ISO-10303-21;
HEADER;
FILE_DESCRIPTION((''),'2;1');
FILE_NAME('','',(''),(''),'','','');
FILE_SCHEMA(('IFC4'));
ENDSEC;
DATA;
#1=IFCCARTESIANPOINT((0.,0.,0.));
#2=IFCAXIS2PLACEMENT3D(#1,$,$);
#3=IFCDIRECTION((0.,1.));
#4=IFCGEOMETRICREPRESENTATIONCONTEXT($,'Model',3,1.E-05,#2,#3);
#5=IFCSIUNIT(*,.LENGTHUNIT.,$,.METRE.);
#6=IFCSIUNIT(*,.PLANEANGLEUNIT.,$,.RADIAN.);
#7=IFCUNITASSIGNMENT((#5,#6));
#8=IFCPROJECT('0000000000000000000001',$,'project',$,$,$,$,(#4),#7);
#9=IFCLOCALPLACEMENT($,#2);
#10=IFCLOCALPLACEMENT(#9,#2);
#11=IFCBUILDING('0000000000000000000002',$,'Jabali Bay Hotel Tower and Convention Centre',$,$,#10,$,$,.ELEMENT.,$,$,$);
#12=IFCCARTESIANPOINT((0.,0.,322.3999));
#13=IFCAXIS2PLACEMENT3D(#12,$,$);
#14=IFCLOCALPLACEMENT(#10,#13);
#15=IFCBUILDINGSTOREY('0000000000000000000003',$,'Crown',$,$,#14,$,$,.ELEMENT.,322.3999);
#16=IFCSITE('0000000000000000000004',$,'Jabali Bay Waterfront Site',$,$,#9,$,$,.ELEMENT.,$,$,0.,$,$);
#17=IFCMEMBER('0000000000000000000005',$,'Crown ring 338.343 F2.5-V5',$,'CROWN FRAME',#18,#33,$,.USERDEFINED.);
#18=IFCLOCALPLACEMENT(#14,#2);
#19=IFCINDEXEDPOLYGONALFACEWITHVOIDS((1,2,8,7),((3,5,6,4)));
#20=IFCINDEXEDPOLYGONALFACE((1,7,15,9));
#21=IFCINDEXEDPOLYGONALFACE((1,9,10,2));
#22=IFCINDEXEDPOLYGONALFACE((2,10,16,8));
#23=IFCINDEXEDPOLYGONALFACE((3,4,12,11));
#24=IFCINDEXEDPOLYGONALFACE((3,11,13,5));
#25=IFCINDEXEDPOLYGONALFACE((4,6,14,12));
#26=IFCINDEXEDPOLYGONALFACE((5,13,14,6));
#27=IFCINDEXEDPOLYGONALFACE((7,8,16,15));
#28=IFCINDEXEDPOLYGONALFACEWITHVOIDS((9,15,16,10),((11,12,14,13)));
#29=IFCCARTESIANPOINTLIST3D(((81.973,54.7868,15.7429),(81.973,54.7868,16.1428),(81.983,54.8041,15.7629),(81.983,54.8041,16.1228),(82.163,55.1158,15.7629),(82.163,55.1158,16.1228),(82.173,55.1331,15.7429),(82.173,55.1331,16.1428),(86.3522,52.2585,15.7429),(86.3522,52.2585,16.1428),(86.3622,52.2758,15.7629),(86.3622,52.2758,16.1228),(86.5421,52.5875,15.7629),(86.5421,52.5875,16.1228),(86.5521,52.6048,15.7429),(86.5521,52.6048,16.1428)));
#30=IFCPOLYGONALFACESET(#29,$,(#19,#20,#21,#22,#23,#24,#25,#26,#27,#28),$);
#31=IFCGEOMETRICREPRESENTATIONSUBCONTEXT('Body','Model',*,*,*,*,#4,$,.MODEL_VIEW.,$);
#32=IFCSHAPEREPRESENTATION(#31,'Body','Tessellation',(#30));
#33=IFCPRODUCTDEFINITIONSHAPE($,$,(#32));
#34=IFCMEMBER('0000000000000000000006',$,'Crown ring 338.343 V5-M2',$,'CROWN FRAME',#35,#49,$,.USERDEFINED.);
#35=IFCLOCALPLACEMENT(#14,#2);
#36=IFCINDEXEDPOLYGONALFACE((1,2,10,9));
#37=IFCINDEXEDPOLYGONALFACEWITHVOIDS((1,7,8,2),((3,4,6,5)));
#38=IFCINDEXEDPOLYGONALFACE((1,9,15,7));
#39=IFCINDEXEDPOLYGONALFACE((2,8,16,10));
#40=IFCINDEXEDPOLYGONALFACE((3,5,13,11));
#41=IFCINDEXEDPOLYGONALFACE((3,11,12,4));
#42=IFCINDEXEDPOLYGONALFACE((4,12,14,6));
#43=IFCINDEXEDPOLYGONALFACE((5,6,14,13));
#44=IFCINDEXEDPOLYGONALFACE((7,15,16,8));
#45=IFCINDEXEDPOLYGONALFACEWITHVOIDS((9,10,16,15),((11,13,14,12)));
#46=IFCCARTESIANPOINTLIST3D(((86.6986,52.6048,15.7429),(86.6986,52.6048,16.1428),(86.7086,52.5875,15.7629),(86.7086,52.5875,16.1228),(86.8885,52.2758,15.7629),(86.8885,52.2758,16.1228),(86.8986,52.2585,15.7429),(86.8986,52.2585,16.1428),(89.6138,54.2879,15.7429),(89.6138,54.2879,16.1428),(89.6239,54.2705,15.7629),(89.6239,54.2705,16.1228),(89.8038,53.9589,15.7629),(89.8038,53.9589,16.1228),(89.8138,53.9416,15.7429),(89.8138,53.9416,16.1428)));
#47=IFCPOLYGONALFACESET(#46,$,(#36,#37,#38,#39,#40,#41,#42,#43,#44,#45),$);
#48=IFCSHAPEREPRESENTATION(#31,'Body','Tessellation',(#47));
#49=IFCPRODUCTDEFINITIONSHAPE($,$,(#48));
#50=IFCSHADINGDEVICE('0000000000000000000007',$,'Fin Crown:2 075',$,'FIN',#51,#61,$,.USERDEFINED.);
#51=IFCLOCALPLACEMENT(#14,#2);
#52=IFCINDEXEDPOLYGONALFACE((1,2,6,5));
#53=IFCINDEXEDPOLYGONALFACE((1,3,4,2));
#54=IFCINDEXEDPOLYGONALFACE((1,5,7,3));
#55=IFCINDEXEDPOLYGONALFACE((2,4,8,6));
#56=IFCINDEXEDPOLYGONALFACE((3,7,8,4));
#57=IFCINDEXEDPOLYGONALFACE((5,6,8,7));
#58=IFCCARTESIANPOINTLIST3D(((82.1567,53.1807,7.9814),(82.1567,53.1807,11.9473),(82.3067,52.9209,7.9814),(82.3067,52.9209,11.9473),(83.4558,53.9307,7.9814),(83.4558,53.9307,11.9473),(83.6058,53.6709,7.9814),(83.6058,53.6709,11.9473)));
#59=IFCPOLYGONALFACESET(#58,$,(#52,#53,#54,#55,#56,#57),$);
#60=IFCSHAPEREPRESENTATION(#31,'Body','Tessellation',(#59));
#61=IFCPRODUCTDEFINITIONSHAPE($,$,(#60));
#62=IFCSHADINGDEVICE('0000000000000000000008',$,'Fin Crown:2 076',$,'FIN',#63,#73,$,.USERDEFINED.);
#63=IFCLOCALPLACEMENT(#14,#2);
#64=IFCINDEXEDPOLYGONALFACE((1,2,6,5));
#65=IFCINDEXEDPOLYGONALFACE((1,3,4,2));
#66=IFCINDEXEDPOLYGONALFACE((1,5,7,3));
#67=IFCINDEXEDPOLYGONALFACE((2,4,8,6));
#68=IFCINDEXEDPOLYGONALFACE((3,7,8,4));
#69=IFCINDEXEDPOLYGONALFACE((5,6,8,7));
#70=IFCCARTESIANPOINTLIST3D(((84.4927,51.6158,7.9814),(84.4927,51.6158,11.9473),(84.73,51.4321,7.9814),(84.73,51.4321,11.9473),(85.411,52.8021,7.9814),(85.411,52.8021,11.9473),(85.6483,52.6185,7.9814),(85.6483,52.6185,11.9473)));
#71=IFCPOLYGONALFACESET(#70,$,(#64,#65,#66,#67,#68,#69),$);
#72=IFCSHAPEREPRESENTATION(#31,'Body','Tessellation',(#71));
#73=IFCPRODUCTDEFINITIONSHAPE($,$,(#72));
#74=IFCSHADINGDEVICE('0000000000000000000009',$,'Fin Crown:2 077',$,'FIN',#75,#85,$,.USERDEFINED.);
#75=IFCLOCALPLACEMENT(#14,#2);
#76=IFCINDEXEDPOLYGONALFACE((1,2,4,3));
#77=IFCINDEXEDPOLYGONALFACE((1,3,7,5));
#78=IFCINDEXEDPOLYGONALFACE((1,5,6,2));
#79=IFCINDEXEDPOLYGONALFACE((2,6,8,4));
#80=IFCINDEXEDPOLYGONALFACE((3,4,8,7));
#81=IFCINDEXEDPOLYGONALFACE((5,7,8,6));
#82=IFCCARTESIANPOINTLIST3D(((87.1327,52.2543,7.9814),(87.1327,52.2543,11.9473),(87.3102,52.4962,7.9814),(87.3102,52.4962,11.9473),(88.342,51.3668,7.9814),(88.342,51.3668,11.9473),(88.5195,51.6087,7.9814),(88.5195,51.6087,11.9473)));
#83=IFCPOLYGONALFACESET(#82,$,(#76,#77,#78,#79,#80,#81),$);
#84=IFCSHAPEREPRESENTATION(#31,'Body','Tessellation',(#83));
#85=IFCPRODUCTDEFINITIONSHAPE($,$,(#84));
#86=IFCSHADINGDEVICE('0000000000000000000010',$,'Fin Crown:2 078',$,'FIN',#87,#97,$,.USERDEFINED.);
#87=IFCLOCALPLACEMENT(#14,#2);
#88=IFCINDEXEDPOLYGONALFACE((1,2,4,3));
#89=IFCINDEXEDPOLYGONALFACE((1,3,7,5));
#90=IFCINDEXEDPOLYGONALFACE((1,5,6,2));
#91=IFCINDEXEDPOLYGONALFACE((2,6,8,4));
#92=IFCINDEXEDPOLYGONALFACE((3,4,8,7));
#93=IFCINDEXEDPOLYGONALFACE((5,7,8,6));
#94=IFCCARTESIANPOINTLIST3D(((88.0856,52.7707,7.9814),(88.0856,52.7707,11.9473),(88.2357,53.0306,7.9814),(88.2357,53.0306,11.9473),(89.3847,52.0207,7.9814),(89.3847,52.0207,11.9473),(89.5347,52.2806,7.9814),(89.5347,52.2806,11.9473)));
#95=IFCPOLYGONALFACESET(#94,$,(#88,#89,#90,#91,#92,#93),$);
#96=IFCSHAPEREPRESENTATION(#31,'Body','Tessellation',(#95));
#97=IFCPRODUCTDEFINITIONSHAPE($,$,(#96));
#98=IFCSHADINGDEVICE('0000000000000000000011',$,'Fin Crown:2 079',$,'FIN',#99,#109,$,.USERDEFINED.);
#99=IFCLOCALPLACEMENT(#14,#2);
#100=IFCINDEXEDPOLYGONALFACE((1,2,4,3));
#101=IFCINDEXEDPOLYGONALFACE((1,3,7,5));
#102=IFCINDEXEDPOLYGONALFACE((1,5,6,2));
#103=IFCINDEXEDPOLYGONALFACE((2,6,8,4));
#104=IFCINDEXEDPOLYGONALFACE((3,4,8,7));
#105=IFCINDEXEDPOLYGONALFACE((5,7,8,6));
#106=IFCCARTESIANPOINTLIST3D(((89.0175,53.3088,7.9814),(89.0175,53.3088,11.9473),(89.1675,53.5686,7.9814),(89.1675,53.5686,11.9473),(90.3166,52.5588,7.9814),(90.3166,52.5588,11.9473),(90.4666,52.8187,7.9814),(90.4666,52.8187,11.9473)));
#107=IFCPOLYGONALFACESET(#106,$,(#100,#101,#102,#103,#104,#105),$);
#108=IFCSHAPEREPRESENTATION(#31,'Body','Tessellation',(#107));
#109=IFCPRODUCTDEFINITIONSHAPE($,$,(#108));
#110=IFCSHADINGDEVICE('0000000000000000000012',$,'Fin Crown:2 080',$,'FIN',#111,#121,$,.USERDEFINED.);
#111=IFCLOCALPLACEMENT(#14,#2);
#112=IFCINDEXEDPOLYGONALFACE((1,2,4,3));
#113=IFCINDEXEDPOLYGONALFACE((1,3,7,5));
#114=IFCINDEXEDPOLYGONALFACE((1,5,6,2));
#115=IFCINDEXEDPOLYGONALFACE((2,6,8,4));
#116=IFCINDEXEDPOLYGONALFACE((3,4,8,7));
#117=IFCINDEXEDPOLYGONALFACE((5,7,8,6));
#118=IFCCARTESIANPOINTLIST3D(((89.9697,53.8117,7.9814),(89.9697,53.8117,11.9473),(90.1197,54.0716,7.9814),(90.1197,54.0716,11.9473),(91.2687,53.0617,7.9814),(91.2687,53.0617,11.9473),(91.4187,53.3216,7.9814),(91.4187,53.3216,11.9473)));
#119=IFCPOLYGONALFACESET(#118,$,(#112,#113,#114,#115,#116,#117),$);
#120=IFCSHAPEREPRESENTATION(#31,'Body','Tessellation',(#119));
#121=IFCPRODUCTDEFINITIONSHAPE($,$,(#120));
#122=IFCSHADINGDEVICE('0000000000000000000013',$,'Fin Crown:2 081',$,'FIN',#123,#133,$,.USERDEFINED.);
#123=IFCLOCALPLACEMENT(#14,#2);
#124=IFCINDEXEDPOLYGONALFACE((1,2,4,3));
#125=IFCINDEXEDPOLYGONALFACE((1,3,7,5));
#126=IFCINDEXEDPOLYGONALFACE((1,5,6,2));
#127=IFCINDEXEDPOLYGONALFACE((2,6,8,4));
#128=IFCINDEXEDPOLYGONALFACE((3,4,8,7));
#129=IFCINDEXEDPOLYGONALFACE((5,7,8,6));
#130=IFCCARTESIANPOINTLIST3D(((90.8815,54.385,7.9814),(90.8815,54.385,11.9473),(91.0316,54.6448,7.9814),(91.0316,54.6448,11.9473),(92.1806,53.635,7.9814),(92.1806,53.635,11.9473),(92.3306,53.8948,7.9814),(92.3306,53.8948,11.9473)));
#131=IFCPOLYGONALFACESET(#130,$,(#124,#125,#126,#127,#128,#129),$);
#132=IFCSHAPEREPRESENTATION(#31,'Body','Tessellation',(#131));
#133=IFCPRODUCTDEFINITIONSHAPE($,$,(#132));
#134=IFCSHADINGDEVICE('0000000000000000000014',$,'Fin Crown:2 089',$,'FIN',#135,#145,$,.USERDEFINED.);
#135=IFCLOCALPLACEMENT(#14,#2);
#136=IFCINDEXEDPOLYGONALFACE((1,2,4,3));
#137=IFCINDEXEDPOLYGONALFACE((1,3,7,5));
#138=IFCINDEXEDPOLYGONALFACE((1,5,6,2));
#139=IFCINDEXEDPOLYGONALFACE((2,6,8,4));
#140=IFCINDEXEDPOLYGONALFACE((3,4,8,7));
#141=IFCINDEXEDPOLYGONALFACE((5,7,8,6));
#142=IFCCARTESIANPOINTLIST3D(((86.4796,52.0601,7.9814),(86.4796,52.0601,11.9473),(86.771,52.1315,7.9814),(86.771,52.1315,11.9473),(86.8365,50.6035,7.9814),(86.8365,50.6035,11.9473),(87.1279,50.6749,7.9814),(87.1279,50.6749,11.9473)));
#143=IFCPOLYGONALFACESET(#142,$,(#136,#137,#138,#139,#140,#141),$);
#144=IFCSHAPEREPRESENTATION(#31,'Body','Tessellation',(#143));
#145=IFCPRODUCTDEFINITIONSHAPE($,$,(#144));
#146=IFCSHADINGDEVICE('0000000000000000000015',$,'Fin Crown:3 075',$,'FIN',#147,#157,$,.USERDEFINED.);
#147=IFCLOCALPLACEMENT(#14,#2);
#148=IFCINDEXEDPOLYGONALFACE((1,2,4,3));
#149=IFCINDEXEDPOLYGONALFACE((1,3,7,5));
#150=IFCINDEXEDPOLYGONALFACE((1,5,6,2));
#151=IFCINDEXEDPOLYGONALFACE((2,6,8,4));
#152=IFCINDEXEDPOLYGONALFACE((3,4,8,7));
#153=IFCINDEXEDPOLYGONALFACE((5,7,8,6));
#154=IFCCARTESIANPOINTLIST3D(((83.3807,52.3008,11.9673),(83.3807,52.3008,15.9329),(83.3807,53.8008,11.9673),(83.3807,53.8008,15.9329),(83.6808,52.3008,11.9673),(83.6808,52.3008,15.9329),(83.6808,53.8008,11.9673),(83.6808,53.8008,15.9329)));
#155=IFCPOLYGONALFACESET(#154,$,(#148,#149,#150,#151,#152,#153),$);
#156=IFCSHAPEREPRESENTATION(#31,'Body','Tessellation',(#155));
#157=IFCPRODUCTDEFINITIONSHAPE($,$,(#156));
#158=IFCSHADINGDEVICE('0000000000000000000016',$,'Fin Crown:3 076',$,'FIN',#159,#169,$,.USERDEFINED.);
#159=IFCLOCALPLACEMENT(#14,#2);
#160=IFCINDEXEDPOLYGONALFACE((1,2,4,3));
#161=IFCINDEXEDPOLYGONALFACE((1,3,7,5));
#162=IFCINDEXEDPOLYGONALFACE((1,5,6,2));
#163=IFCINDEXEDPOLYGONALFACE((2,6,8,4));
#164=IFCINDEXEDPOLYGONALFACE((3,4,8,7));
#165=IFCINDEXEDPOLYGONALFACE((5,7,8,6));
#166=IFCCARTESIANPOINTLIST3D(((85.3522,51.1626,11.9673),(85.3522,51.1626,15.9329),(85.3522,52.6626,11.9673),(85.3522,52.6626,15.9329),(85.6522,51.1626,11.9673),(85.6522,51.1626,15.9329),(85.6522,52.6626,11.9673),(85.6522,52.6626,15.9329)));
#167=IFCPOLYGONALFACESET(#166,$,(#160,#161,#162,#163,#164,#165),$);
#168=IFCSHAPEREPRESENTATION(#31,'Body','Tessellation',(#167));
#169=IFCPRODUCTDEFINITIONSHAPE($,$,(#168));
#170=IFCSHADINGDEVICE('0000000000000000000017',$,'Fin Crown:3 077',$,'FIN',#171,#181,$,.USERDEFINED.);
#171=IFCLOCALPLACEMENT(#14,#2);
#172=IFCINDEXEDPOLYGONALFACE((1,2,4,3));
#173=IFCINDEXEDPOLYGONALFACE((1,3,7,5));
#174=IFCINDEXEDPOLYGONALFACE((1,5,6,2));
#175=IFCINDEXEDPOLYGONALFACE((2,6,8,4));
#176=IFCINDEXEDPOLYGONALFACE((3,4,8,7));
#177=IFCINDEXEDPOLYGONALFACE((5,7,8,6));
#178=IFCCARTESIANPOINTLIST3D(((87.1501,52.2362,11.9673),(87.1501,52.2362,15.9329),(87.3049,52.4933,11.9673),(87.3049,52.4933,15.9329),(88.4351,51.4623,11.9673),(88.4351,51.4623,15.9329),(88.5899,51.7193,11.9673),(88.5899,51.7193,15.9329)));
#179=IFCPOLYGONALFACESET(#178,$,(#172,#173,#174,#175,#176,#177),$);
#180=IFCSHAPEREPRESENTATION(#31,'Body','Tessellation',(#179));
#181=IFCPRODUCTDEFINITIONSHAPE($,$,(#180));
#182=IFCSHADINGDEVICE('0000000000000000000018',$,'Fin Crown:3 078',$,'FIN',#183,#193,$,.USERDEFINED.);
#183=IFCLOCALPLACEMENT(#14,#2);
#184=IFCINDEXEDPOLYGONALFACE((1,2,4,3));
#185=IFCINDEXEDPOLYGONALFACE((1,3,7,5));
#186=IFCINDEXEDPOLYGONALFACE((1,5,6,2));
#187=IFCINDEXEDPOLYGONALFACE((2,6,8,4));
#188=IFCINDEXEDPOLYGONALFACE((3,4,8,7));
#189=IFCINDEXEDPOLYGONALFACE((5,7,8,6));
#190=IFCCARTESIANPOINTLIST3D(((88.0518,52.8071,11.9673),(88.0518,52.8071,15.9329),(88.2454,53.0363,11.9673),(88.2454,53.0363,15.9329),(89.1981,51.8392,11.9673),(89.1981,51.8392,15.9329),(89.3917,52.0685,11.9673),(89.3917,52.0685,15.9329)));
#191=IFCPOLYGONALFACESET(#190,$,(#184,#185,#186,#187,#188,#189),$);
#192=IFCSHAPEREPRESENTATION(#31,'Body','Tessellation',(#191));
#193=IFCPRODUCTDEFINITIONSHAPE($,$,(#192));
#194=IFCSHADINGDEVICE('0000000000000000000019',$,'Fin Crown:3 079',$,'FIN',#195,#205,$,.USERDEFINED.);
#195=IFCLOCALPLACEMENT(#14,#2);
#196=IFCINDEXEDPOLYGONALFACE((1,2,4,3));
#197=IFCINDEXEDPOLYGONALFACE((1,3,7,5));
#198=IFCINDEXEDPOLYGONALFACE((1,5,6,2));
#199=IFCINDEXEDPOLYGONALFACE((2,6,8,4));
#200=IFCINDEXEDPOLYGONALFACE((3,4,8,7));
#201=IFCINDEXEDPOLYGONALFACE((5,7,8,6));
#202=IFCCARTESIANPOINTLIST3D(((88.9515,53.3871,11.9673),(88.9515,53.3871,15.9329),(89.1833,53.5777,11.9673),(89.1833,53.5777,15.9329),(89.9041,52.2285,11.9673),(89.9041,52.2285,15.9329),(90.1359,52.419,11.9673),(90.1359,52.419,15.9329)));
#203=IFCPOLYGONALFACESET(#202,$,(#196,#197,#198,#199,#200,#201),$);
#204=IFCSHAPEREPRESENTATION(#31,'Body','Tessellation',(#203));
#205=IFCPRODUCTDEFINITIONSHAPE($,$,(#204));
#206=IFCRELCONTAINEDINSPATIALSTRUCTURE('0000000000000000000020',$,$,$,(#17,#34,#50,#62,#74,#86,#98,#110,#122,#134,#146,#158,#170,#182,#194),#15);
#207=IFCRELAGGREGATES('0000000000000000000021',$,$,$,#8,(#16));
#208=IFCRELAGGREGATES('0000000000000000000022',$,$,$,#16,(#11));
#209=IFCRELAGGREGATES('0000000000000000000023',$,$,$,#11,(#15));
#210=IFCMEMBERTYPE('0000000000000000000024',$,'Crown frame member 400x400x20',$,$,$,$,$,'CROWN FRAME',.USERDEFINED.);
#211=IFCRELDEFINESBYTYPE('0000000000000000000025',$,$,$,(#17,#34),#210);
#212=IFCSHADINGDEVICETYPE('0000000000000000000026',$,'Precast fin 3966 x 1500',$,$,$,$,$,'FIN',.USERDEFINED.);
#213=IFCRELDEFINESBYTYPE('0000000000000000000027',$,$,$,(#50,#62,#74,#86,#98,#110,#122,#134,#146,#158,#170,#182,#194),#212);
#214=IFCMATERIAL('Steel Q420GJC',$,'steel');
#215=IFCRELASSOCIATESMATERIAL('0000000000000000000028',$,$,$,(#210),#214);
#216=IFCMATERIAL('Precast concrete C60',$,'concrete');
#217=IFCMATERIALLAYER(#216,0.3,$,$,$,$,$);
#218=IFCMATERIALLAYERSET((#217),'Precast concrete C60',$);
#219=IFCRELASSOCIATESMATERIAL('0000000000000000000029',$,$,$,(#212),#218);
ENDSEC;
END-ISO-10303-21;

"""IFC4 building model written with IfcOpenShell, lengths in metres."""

from ifc_helpers import new_model, si_unit, direction, frame, frame_2d, origin, origin_2d, place, context, subcontext, project, spatial, rectangle, hollow_rectangle, extrude, material, layer, layer_set, material_profile, profile_set, type_object, element, save


model = new_model("IFC4")

# Units and contexts
model_context = context("Model", 3, precision=1e-05, world=origin(), true_north=direction((0.0, 1.0)))
body_context = subcontext(model_context, "Body", "Model", "MODEL_VIEW")
ifc_project = project(units=[si_unit("LENGTHUNIT", "METRE"), si_unit("PLANEANGLEUNIT", "RADIAN")], contexts=[model_context])

# Site, building, storey
site_placement = place(None, origin())
site = spatial("IfcSite", under=ifc_project, at=site_placement, Name="Jabali Bay Waterfront Site", CompositionType="ELEMENT", RefElevation=0.0)
building_placement = place(site_placement, origin())
building = spatial("IfcBuilding", under=site, at=building_placement, Name="Jabali Bay Hotel Tower and Convention Centre", CompositionType="ELEMENT")
storey_placement = place(building_placement, frame((0.0, 0.0, 322.3999)))
storey = spatial("IfcBuildingStorey", under=building, at=storey_placement, Name="Crown", CompositionType="ELEMENT", Elevation=322.3999)

# Members
ifc_material_1 = material(Name="Steel Q420GJC", Category="steel")
ifc_material_profile_1 = material_profile(ifc_material_1, hollow_rectangle(XDim=0.3999, YDim=0.3999, WallThickness=0.02, at=origin_2d()), Name="Crown frame member 400x400x20")
ifc_profile_set_1 = profile_set([ifc_material_profile_1], Name="Steel Q420GJC")
member_type_1 = type_object("IfcMemberType", Name="Crown frame member 400x400x20", ElementType="CROWN FRAME", PredefinedType="USERDEFINED", material=ifc_profile_set_1)
member_1_placement = place(storey_placement, frame((82.073, 54.96, 15.9429), z_axis=(0.866024, -0.500002, 0.0), x_axis=(0.500002, 0.866024, 0.0)))
element("IfcMember", 1, at=member_1_placement, inside=storey, type_object=member_type_1, Name="Crown ring 338.343 F2.5-V5", ObjectType="CROWN FRAME", PredefinedType="USERDEFINED", context=body_context, shape_type="SweptSolid", body=[
    extrude(hollow_rectangle(XDim=0.3999, YDim=0.3999, WallThickness=0.02, at=origin_2d()), origin(), (0.0, 0.0, 1.0), 5.0566),
])
member_2_placement = place(storey_placement, frame((86.7986, 52.4316, 15.9429), z_axis=(0.86603, 0.499992, 0.0), x_axis=(-0.499992, 0.86603, 0.0)))
element("IfcMember", 2, at=member_2_placement, inside=storey, type_object=member_type_1, Name="Crown ring 338.343 V5-M2", ObjectType="CROWN FRAME", PredefinedType="USERDEFINED", context=body_context, shape_type="SweptSolid", body=[
    extrude(hollow_rectangle(XDim=0.3999, YDim=0.3999, WallThickness=0.02, at=origin_2d()), origin(), (0.0, 0.0, 1.0), 3.3662),
])

# Shading devices
ifc_material_2 = material(Name="Precast concrete C60", Category="concrete")
ifc_layer = layer(ifc_material_2, 0.3)
ifc_layer_set = layer_set([ifc_layer], Name="Precast concrete C60")
shading_device_type = type_object("IfcShadingDeviceType", Name="Precast fin 3966 x 1500", ElementType="FIN", PredefinedType="USERDEFINED", material=ifc_layer_set)
shading_device_1_placement = place(storey_placement, frame((83.5308, 53.8008, 7.9814), z_axis=(0.0, 0.0, 1.0), x_axis=(-0.866031, -0.49999, 0.0)))
element("IfcShadingDevice", 3, at=shading_device_1_placement, inside=storey, type_object=shading_device_type, Name="Fin Crown:2 075", ObjectType="FIN", PredefinedType="USERDEFINED", context=body_context, shape_type="SweptSolid", body=[
    extrude(rectangle(XDim=1.5, YDim=0.3, at=frame_2d((0.75, 0.0))), origin(), (0.0, 0.0, 1.0), 3.9658),
])
shading_device_2_placement = place(storey_placement, frame((85.5295, 52.7102, 7.9814), z_axis=(0.0, 0.0, 1.0), x_axis=(-0.612091, -0.790787, 0.0)))
element("IfcShadingDevice", 4, at=shading_device_2_placement, inside=storey, type_object=shading_device_type, Name="Fin Crown:2 076", ObjectType="FIN", PredefinedType="USERDEFINED", context=body_context, shape_type="SweptSolid", body=[
    extrude(rectangle(XDim=1.5002, YDim=0.3, at=frame_2d((0.75, 0.0))), origin(), (0.0, 0.0, 1.0), 3.9658),
])
for number, where, z_axis, x_axis, name in (
    (5, (87.2214, 52.3752, 7.9814), (0.0, 0.0, 1.0), (0.806188, -0.59166, 0.0), "Fin Crown:2 077"),
    (6, (88.1606, 52.9006, 7.9814), (0.0, 0.0, 1.0), (0.866031, -0.49999, 0.0), "Fin Crown:2 078"),
    (7, (89.0925, 53.4387, 7.9814), (0.0, 0.0, 1.0), (0.866031, -0.49999, 0.0), "Fin Crown:2 079"),
    (8, (90.0447, 53.9417, 7.9814), (0.0, 0.0, 1.0), (0.866031, -0.49999, 0.0), "Fin Crown:2 080"),
    (9, (90.9565, 54.5149, 7.9814), (0.0, 0.0, 1.0), (0.866031, -0.49999, 0.0), "Fin Crown:2 081"),
):
    element("IfcShadingDevice", number, at=place(storey_placement, frame(where, z_axis=z_axis, x_axis=x_axis)), inside=storey, type_object=shading_device_type, Name=name, ObjectType="FIN", PredefinedType="USERDEFINED", context=body_context, shape_type="SweptSolid", body=[
        extrude(rectangle(XDim=1.5, YDim=0.3, at=frame_2d((0.75, 0.0))), origin(), (0.0, 0.0, 1.0), 3.9658),
    ])
shading_device_3_placement = place(storey_placement, frame((86.6252, 52.0959, 7.9814), z_axis=(0.0, 0.0, 1.0), x_axis=(0.237975, -0.971271, 0.0)))
element("IfcShadingDevice", 10, at=shading_device_3_placement, inside=storey, type_object=shading_device_type, Name="Fin Crown:2 089", ObjectType="FIN", PredefinedType="USERDEFINED", context=body_context, shape_type="SweptSolid", body=[
    extrude(rectangle(XDim=1.4998, YDim=0.3, at=frame_2d((0.75, 0.0))), origin(), (0.0, 0.0, 1.0), 3.9658),
])
for number, where, z_axis, x_axis, name in (
    (11, (83.5308, 53.8008, 11.9673), (0.0, 0.0, 1.0), (0.0, -1.0, 0.0), "Fin Crown:3 075"),
    (12, (85.5022, 52.6626, 11.9673), (0.0, 0.0, 1.0), (0.0, -1.0, 0.0), "Fin Crown:3 076"),
    (13, (87.2275, 52.3647, 11.9673), (0.0, 0.0, 1.0), (0.856616, -0.515955, 0.0), "Fin Crown:3 077"),
):
    element("IfcShadingDevice", number, at=place(storey_placement, frame(where, z_axis=z_axis, x_axis=x_axis)), inside=storey, type_object=shading_device_type, Name=name, ObjectType="FIN", PredefinedType="USERDEFINED", context=body_context, shape_type="SweptSolid", body=[
        extrude(rectangle(XDim=1.5, YDim=0.3, at=frame_2d((0.75, 0.0))), origin(), (0.0, 0.0, 1.0), 3.9656),
    ])
shading_device_4_placement = place(storey_placement, frame((88.1487, 52.9216, 11.9673), z_axis=(0.0, 0.0, 1.0), x_axis=(0.764083, -0.645117, 0.0)))
element("IfcShadingDevice", 14, at=shading_device_4_placement, inside=storey, type_object=shading_device_type, Name="Fin Crown:3 078", ObjectType="FIN", PredefinedType="USERDEFINED", context=body_context, shape_type="SweptSolid", body=[
    extrude(rectangle(XDim=1.5002, YDim=0.3, at=frame_2d((0.75, 0.0))), origin(), (0.0, 0.0, 1.0), 3.9656),
])
for number, where, z_axis, x_axis, name in (
    (15, (89.0674, 53.4824, 11.9673), (0.0, 0.0, 1.0), (0.63508, -0.772447, 0.0), "Fin Crown:3 079"),
):
    element("IfcShadingDevice", number, at=place(storey_placement, frame(where, z_axis=z_axis, x_axis=x_axis)), inside=storey, type_object=shading_device_type, Name=name, ObjectType="FIN", PredefinedType="USERDEFINED", context=body_context, shape_type="SweptSolid", body=[
        extrude(rectangle(XDim=1.5, YDim=0.3, at=frame_2d((0.75, 0.0))), origin(), (0.0, 0.0, 1.0), 3.9656),
    ])

save(model, "model.ifc")
